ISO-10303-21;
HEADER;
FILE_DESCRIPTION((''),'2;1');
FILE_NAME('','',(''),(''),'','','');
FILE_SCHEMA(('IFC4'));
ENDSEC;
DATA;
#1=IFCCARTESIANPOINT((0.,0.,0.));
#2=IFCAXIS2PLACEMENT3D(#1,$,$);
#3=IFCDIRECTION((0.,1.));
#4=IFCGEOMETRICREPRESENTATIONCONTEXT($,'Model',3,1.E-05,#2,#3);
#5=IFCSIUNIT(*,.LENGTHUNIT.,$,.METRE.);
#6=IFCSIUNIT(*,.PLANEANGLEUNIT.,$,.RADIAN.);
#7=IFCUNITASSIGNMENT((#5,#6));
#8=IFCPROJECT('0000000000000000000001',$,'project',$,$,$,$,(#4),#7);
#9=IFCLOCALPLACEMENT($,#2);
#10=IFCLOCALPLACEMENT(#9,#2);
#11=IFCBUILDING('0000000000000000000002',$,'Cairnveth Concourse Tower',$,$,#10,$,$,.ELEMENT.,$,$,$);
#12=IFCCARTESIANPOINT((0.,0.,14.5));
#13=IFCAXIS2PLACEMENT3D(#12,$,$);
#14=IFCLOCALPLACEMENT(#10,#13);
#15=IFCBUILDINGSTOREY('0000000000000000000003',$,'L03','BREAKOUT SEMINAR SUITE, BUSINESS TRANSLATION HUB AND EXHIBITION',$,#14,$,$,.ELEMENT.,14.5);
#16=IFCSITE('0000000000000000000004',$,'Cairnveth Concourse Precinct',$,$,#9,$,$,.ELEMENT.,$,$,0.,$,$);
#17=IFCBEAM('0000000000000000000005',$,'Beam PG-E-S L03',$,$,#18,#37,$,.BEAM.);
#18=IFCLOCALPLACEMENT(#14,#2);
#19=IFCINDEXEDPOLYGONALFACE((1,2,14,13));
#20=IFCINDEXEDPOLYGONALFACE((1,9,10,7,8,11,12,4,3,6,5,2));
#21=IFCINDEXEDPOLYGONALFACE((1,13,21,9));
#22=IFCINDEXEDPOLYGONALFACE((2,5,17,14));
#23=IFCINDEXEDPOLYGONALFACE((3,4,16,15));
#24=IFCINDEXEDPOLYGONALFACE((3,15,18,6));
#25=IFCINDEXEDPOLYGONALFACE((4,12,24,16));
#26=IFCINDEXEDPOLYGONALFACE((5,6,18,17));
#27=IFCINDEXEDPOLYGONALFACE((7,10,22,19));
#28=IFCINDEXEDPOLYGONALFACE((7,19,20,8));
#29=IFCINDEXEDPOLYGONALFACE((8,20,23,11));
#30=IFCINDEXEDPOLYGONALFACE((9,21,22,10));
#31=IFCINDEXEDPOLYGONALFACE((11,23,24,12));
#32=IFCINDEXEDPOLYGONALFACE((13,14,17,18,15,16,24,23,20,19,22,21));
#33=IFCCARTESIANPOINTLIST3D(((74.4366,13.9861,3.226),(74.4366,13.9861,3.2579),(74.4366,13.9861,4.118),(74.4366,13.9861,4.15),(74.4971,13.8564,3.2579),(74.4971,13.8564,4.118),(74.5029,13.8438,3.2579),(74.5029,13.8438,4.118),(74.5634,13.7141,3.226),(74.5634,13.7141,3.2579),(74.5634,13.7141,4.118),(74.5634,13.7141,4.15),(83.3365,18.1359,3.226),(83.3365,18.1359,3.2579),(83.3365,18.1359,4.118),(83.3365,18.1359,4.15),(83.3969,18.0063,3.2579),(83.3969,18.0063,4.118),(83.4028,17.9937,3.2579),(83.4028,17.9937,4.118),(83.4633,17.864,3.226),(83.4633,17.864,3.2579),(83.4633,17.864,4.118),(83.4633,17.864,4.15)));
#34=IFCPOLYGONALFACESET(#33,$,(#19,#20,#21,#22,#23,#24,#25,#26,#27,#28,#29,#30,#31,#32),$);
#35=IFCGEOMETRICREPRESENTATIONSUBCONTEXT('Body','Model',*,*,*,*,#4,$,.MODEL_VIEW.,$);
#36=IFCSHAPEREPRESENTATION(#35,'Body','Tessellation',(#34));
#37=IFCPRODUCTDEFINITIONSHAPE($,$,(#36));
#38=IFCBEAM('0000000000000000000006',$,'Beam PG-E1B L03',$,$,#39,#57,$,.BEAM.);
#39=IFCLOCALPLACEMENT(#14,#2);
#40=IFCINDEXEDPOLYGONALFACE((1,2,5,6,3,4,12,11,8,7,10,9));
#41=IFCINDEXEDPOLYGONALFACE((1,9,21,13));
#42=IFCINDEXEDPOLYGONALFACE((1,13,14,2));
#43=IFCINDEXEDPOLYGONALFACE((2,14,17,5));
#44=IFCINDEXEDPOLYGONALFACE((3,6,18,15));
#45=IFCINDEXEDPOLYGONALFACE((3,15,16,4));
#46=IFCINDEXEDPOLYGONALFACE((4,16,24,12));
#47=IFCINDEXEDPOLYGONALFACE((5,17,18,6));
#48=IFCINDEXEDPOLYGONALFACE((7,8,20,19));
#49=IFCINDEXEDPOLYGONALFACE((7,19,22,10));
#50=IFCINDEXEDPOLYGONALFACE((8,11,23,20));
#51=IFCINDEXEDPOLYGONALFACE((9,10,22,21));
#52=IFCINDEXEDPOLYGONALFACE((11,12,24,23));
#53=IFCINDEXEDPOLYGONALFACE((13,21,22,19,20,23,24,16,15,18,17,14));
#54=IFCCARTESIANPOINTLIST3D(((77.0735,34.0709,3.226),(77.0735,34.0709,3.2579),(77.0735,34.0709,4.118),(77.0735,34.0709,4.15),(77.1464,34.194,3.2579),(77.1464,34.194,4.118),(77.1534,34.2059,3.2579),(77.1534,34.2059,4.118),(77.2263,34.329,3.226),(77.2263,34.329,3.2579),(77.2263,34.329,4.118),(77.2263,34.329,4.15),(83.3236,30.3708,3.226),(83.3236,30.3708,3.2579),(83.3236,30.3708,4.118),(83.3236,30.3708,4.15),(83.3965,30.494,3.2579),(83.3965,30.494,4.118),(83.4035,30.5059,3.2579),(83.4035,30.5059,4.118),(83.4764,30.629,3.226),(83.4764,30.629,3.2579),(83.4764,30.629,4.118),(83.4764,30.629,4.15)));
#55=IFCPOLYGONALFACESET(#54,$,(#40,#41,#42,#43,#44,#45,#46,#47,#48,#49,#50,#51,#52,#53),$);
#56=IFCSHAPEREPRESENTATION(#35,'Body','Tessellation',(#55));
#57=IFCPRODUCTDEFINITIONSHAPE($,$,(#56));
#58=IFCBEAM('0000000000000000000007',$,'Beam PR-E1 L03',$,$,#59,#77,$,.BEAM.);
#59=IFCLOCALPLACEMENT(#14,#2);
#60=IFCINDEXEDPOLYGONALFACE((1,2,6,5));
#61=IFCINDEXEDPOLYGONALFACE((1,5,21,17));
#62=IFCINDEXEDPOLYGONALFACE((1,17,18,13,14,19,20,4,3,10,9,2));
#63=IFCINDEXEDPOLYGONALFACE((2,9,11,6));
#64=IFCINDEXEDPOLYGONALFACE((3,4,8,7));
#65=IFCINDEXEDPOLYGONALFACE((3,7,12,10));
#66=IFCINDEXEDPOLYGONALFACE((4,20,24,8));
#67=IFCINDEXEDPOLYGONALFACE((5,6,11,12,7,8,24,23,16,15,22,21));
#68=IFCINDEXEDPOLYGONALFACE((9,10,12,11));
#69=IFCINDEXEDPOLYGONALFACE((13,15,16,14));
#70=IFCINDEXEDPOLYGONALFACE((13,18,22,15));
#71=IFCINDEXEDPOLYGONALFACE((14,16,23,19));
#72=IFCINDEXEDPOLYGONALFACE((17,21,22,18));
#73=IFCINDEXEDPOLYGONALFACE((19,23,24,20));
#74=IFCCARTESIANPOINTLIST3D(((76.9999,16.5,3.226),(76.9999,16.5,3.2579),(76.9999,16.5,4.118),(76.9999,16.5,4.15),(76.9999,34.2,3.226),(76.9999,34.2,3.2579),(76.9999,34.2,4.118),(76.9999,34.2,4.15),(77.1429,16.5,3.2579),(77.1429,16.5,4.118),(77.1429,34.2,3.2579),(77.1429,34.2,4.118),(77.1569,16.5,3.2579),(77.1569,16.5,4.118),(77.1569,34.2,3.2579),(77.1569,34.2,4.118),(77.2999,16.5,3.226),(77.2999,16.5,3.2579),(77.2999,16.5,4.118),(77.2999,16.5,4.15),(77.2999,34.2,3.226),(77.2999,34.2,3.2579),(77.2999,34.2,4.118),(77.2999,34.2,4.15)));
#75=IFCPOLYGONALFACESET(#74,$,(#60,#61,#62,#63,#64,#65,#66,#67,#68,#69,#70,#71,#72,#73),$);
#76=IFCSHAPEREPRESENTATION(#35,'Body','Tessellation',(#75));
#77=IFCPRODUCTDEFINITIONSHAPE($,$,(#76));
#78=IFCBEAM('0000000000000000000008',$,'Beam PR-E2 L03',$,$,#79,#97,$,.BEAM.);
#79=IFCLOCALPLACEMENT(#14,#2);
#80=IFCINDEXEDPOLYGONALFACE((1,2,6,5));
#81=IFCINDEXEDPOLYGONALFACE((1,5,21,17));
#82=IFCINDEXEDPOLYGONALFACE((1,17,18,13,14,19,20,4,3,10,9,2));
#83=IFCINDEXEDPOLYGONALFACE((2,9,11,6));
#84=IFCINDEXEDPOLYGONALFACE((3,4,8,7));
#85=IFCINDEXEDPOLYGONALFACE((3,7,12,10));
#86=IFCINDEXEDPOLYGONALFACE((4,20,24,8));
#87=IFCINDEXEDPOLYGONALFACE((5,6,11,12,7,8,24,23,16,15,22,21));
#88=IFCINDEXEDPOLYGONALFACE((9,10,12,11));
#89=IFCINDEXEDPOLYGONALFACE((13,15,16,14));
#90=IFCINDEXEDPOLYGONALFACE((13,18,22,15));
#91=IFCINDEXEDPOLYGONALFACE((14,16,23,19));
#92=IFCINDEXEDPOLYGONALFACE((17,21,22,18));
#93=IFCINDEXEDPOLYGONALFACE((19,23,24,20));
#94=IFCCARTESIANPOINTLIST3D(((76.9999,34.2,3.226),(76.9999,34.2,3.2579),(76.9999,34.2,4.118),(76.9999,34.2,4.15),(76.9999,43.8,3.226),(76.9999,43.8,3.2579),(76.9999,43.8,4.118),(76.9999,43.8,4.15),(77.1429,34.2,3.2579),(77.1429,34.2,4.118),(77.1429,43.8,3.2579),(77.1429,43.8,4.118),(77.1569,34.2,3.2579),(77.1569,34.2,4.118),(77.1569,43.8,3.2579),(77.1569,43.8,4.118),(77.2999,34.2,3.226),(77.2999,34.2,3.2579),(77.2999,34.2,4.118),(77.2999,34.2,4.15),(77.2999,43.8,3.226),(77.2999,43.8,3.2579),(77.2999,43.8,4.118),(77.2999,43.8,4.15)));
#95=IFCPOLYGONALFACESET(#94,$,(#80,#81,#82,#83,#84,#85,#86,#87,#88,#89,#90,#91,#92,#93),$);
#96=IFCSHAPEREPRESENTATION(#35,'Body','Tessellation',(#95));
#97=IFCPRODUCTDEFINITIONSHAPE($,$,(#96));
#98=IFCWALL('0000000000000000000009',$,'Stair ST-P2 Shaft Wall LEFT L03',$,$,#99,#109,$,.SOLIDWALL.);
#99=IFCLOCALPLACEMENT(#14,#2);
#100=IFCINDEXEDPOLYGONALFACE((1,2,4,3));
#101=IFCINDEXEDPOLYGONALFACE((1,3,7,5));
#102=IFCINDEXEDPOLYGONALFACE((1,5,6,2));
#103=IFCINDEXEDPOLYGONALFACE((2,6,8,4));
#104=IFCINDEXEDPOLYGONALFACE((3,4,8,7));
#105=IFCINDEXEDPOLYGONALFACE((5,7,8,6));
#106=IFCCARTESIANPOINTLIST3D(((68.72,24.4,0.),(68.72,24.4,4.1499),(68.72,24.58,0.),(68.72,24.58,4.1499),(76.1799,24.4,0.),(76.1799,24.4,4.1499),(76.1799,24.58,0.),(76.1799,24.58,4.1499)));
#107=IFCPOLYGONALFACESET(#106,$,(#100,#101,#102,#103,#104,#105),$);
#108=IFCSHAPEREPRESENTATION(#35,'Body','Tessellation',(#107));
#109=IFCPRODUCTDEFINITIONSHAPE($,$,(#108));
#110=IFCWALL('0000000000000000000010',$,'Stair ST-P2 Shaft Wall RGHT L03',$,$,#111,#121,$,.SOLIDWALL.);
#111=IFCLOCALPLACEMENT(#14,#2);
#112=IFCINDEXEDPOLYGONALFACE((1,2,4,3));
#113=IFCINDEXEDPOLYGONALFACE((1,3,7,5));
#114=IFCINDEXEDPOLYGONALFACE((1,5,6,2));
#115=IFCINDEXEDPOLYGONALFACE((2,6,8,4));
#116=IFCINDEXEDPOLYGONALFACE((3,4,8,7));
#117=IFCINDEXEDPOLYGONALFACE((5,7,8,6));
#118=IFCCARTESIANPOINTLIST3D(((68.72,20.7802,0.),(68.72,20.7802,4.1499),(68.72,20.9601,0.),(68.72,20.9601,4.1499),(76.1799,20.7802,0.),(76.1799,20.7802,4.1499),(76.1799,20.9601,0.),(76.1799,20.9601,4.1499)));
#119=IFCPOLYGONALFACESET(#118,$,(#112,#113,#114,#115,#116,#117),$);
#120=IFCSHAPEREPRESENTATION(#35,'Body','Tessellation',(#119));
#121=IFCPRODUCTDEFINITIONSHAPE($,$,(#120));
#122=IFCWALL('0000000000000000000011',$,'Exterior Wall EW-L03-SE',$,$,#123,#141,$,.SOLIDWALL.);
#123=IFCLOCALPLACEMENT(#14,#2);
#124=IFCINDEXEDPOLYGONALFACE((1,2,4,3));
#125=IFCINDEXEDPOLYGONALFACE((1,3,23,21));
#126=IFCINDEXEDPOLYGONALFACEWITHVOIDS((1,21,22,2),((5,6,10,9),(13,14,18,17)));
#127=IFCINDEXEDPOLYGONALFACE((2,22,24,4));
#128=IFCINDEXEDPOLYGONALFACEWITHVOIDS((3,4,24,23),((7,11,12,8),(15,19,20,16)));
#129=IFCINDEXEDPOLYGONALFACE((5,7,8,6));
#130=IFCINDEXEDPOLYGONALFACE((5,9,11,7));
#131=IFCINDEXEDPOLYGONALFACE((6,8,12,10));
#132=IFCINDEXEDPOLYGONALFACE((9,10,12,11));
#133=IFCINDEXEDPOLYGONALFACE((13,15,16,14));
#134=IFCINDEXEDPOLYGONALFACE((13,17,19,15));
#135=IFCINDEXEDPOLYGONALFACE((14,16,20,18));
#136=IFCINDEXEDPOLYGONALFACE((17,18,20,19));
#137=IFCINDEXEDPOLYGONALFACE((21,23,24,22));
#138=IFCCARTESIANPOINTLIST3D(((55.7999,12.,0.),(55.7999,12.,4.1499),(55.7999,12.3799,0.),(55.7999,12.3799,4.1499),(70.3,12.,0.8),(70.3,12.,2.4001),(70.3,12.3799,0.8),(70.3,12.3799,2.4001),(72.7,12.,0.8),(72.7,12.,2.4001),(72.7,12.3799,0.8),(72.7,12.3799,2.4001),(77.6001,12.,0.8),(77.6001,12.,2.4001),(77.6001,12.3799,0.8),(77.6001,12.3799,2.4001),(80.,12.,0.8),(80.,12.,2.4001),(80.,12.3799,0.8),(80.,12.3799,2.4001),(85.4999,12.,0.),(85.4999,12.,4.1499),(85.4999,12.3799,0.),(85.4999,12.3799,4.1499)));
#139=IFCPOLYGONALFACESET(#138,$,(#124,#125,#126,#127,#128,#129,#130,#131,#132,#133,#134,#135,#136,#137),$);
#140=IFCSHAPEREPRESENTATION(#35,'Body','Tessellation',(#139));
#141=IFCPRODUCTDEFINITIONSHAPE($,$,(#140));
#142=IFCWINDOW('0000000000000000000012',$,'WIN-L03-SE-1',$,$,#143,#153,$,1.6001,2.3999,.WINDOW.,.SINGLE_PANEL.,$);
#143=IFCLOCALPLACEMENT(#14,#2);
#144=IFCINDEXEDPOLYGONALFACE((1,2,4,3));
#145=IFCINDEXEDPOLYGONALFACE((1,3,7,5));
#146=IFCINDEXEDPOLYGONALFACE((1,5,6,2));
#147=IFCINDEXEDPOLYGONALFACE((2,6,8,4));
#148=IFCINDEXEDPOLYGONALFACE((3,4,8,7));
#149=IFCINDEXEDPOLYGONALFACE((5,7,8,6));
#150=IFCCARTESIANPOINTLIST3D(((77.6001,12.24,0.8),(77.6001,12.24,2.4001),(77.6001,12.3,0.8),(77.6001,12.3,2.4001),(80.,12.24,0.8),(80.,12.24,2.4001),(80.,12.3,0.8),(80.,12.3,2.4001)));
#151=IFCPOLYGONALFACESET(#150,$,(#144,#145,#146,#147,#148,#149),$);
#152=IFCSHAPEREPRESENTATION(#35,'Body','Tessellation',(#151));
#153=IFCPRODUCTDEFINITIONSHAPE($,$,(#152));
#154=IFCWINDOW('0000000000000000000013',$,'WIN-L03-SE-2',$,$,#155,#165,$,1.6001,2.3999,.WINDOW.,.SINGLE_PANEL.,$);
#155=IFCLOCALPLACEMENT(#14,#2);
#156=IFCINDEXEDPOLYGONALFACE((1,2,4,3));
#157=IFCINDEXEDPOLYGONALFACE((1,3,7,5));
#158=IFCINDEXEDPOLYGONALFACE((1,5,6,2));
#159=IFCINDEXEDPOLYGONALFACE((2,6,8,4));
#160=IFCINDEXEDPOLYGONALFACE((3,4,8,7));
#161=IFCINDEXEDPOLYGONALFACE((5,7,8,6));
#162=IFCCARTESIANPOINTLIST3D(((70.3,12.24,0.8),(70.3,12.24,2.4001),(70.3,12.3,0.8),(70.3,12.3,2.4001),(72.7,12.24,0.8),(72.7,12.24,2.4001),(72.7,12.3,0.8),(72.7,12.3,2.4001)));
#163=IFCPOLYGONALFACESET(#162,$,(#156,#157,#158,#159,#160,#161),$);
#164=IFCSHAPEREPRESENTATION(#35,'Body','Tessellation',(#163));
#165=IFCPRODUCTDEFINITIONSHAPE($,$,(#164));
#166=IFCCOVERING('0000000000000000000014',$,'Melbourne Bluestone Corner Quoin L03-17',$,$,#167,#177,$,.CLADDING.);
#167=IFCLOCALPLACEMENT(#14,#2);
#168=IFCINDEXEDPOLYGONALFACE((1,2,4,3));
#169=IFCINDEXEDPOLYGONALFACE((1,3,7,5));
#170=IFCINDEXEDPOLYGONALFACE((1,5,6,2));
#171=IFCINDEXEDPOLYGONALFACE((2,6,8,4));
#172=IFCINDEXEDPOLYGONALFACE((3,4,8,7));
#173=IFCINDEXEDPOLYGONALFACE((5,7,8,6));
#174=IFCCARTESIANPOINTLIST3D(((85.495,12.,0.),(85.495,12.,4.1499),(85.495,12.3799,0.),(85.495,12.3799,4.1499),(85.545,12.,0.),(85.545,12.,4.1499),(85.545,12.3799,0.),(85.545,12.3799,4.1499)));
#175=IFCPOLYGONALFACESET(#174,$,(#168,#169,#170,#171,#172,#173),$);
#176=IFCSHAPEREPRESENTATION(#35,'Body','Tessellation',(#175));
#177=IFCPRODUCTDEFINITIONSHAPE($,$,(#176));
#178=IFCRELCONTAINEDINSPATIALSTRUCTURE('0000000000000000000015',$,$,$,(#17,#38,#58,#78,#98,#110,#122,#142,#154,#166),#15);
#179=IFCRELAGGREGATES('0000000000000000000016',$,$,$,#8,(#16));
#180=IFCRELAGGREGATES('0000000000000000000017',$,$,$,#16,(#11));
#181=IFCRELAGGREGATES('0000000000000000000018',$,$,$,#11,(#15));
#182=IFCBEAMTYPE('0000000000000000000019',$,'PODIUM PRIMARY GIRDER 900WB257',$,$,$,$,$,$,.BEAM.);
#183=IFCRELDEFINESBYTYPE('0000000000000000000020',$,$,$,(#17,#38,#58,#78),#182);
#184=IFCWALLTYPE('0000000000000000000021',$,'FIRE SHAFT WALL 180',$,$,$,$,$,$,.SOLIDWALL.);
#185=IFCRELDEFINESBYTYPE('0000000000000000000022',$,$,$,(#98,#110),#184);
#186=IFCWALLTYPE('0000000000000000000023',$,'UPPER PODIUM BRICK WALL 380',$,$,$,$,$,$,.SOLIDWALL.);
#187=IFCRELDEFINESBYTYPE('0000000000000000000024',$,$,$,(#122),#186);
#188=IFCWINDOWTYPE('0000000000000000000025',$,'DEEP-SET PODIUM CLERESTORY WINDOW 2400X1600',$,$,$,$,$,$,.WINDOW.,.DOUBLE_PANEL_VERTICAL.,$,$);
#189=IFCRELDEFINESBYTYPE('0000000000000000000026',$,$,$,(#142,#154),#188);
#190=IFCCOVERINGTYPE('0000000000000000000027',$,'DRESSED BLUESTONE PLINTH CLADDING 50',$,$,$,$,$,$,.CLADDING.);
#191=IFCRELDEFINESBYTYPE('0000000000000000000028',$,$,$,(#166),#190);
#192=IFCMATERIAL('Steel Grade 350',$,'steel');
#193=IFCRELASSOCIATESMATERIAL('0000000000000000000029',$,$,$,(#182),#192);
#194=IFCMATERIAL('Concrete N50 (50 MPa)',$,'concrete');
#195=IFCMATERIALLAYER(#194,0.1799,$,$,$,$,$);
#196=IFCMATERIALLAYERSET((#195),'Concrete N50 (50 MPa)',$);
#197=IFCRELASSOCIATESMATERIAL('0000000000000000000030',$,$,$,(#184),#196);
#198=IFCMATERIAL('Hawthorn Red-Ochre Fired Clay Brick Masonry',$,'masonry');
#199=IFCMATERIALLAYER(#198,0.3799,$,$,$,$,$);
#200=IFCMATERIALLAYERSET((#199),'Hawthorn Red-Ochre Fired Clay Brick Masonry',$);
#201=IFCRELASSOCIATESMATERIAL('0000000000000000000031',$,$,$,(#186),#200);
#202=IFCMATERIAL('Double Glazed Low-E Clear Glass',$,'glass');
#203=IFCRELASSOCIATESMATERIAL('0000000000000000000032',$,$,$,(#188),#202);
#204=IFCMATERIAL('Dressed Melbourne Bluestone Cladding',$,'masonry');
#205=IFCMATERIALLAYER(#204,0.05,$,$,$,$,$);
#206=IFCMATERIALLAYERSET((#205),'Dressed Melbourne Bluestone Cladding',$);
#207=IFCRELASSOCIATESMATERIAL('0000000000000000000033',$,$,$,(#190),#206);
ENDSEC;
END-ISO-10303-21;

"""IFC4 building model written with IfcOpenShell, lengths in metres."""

from ifc_helpers import new_model, si_unit, direction, frame, frame_2d, origin, origin_2d, place, context, subcontext, project, spatial, rectangle, i_section, extrude, material, layer, layer_set, material_profile, profile_set, type_object, element, fill, save


model = new_model("IFC4")

# Units and contexts
model_context = context("Model", 3, precision=1e-05, world=origin(), true_north=direction((0.0, 1.0)))
body_context = subcontext(model_context, "Body", "Model", "MODEL_VIEW")
ifc_project = project(units=[si_unit("LENGTHUNIT", "METRE"), si_unit("PLANEANGLEUNIT", "RADIAN")], contexts=[model_context])

# Site, building, storey
site_placement = place(None, origin())
site = spatial("IfcSite", under=ifc_project, at=site_placement, Name="Cairnveth Concourse Precinct", CompositionType="ELEMENT", RefElevation=0.0)
building_placement = place(site_placement, origin())
building = spatial("IfcBuilding", under=site, at=building_placement, Name="Cairnveth Concourse Tower", CompositionType="ELEMENT")
storey_placement = place(building_placement, frame((0.0, 0.0, 14.5)))
storey = spatial("IfcBuildingStorey", under=building, at=storey_placement, Name="L03", Description="BREAKOUT SEMINAR SUITE, BUSINESS TRANSLATION HUB AND EXHIBITION", CompositionType="ELEMENT", Elevation=14.5)

# Shared definitions
ifc_material_1 = material(Name="Steel Grade 350", Category="steel")

# Beams
ifc_material_profile_1 = material_profile(ifc_material_1, i_section(OverallWidth=0.3, OverallDepth=0.9241, WebThickness=0.0139, FlangeThickness=0.032, at=origin_2d()), Name="900WB257")
ifc_profile_set_1 = profile_set([ifc_material_profile_1], Name="Steel Grade 350")
beam_type_1 = type_object("IfcBeamType", Name="PODIUM PRIMARY GIRDER 900WB257", PredefinedType="BEAM", material=ifc_profile_set_1)
beam_1_placement = place(storey_placement, frame((74.5, 13.8501, 3.688), z_axis=(0.906315, 0.422602, 0.0), x_axis=(-0.422602, 0.906315, 0.0)))
element("IfcBeam", 1, at=beam_1_placement, inside=storey, type_object=beam_type_1, Name="Beam PG-E-S L03", PredefinedType="BEAM", context=body_context, shape_type="SweptSolid", body=[
    extrude(i_section(OverallWidth=0.3, OverallDepth=0.9241, WebThickness=0.0139, FlangeThickness=0.032, at=origin_2d()), origin(), (0.0, 0.0, 1.0), 9.8198),
])
beam_2_placement = place(storey_placement, frame((77.1499, 34.2, 3.688), z_axis=(0.860518, -0.50942, 0.0), x_axis=(0.50942, 0.860518, 0.0)))
element("IfcBeam", 2, at=beam_2_placement, inside=storey, type_object=beam_type_1, Name="Beam PG-E1B L03", PredefinedType="BEAM", context=body_context, shape_type="SweptSolid", body=[
    extrude(i_section(OverallWidth=0.3, OverallDepth=0.9241, WebThickness=0.0139, FlangeThickness=0.032, at=origin_2d()), origin(), (0.0, 0.0, 1.0), 7.2632),
])
beam_3_placement = place(storey_placement, frame((77.1499, 16.5, 3.688), z_axis=(0.0, 1.0, 0.0), x_axis=(-1.0, 0.0, 0.0)))
element("IfcBeam", 3, at=beam_3_placement, inside=storey, type_object=beam_type_1, Name="Beam PR-E1 L03", PredefinedType="BEAM", context=body_context, shape_type="SweptSolid", body=[
    extrude(i_section(OverallWidth=0.3, OverallDepth=0.9241, WebThickness=0.0139, FlangeThickness=0.032, at=origin_2d()), origin(), (0.0, 0.0, 1.0), 17.7),
])
beam_4_placement = place(storey_placement, frame((77.1499, 34.2, 3.688), z_axis=(0.0, 1.0, 0.0), x_axis=(-1.0, 0.0, 0.0)))
element("IfcBeam", 4, at=beam_4_placement, inside=storey, type_object=beam_type_1, Name="Beam PR-E2 L03", PredefinedType="BEAM", context=body_context, shape_type="SweptSolid", body=[
    extrude(i_section(OverallWidth=0.3, OverallDepth=0.9241, WebThickness=0.0139, FlangeThickness=0.032, at=origin_2d()), origin(), (0.0, 0.0, 1.0), 9.6001),
])

# Shared definitions
ifc_material_2 = material(Name="Concrete N50 (50 MPa)", Category="concrete")
ifc_layer_1 = layer(ifc_material_2, 0.1799)
ifc_layer_set_1 = layer_set([ifc_layer_1], Name="Concrete N50 (50 MPa)")
wall_type_1 = type_object("IfcWallType", Name="FIRE SHAFT WALL 180", PredefinedType="SOLIDWALL", material=ifc_layer_set_1)

# Walls
for number, where, z_axis, x_axis, name in (
    (5, (76.1799, 24.49, 0.0), (0.0, 0.0, 1.0), (-1.0, 0.0, 0.0), "Stair ST-P2 Shaft Wall LEFT L03"),
    (6, (76.1799, 20.8701, 0.0), (0.0, 0.0, 1.0), (-1.0, 0.0, 0.0), "Stair ST-P2 Shaft Wall RGHT L03"),
):
    element("IfcWall", number, at=place(storey_placement, frame(where, z_axis=z_axis, x_axis=x_axis)), inside=storey, type_object=wall_type_1, Name=name, PredefinedType="SOLIDWALL", context=body_context, shape_type="SweptSolid", body=[
        extrude(rectangle(XDim=7.46, YDim=0.1799, at=frame_2d((3.73, 0.0))), origin(), (0.0, 0.0, 1.0), 4.1499),
    ])

# Wall, openings, windows
ifc_material_3 = material(Name="Hawthorn Red-Ochre Fired Clay Brick Masonry", Category="masonry")
ifc_layer_2 = layer(ifc_material_3, 0.3799)
ifc_layer_set_2 = layer_set([ifc_layer_2], Name="Hawthorn Red-Ochre Fired Clay Brick Masonry")
wall_type_2 = type_object("IfcWallType", Name="UPPER PODIUM BRICK WALL 380", PredefinedType="SOLIDWALL", material=ifc_layer_set_2)
wall_1_placement = place(storey_placement, frame((85.5, 12.1899, 0.0), z_axis=(0.0, 0.0, 1.0), x_axis=(-1.0, 0.0, 0.0)))
wall_1 = element("IfcWall", 7, at=wall_1_placement, inside=storey, type_object=wall_type_2, Name="Exterior Wall EW-L03-SE", PredefinedType="SOLIDWALL", context=body_context, shape_type="SweptSolid", body=[
    extrude(rectangle(XDim=29.7, YDim=0.3799, at=frame_2d((14.8501, 0.0))), origin(), (0.0, 0.0, 1.0), 4.1499),
])
opening_1_placement = place(wall_1_placement, frame((5.5, 0.0, 0.8)))
opening_1 = element("IfcOpeningElement", 8, at=opening_1_placement, cuts=wall_1, PredefinedType="OPENING", context=body_context, shape_type="SweptSolid", body=[
    extrude(rectangle(XDim=2.3999, YDim=1.6001, at=frame_2d((1.2, 0.8))), frame((0.0, 0.2, 0.0), z_axis=(0.0, -1.0, 0.0), x_axis=(1.0, 0.0, 0.0)), (0.0, 0.0, 1.0), 0.3999),
])
opening_2_placement = place(wall_1_placement, frame((12.8, 0.0, 0.8)))
opening_2 = element("IfcOpeningElement", 9, at=opening_2_placement, cuts=wall_1, PredefinedType="OPENING", context=body_context, shape_type="SweptSolid", body=[
    extrude(rectangle(XDim=2.3999, YDim=1.6001, at=frame_2d((1.2, 0.8))), frame((0.0, 0.2, 0.0), z_axis=(0.0, -1.0, 0.0), x_axis=(1.0, 0.0, 0.0)), (0.0, 0.0, 1.0), 0.3999),
])
ifc_material_4 = material(Name="Double Glazed Low-E Clear Glass", Category="glass")
window_type = type_object("IfcWindowType", Name="DEEP-SET PODIUM CLERESTORY WINDOW 2400X1600", PartitioningType="DOUBLE_PANEL_VERTICAL", PredefinedType="WINDOW", material=ifc_material_4)
window_1_placement = place(opening_1_placement, origin())
window_1 = element("IfcWindow", 10, at=window_1_placement, inside=storey, type_object=window_type, Name="WIN-L03-SE-1", OverallHeight=1.6001, OverallWidth=2.3999, PartitioningType="SINGLE_PANEL", PredefinedType="WINDOW", context=body_context, shape_type="SweptSolid", body=[
    extrude(rectangle(XDim=2.3999, YDim=1.6001, at=frame_2d((1.2, 0.8))), frame((0.0, -0.05, 0.0), z_axis=(0.0, -1.0, 0.0), x_axis=(1.0, 0.0, 0.0)), (0.0, 0.0, 1.0), 0.0601),
])
fill(opening_1, window_1)
window_2_placement = place(opening_2_placement, origin())
window_2 = element("IfcWindow", 11, at=window_2_placement, inside=storey, type_object=window_type, Name="WIN-L03-SE-2", OverallHeight=1.6001, OverallWidth=2.3999, PartitioningType="SINGLE_PANEL", PredefinedType="WINDOW", context=body_context, shape_type="SweptSolid", body=[
    extrude(rectangle(XDim=2.3999, YDim=1.6001, at=frame_2d((1.2, 0.8))), frame((0.0, -0.05, 0.0), z_axis=(0.0, -1.0, 0.0), x_axis=(1.0, 0.0, 0.0)), (0.0, 0.0, 1.0), 0.0601),
])
fill(opening_2, window_2)

# Covering
ifc_material_5 = material(Name="Dressed Melbourne Bluestone Cladding", Category="masonry")
ifc_layer_3 = layer(ifc_material_5, 0.05)
ifc_layer_set_3 = layer_set([ifc_layer_3], Name="Dressed Melbourne Bluestone Cladding")
covering_type = type_object("IfcCoveringType", Name="DRESSED BLUESTONE PLINTH CLADDING 50", PredefinedType="CLADDING", material=ifc_layer_set_3)
covering_placement = place(storey_placement, frame((85.52, 12.3799, 0.0), z_axis=(0.0, 0.0, 1.0), x_axis=(0.0, -1.0, 0.0)))
element("IfcCovering", 12, at=covering_placement, inside=storey, type_object=covering_type, Name="Melbourne Bluestone Corner Quoin L03-17", PredefinedType="CLADDING", context=body_context, shape_type="SweptSolid", body=[
    extrude(rectangle(XDim=0.3799, YDim=0.05, at=frame_2d((0.1899, 0.0))), origin(), (0.0, 0.0, 1.0), 4.1499),
])

save(model, "model.ifc")
